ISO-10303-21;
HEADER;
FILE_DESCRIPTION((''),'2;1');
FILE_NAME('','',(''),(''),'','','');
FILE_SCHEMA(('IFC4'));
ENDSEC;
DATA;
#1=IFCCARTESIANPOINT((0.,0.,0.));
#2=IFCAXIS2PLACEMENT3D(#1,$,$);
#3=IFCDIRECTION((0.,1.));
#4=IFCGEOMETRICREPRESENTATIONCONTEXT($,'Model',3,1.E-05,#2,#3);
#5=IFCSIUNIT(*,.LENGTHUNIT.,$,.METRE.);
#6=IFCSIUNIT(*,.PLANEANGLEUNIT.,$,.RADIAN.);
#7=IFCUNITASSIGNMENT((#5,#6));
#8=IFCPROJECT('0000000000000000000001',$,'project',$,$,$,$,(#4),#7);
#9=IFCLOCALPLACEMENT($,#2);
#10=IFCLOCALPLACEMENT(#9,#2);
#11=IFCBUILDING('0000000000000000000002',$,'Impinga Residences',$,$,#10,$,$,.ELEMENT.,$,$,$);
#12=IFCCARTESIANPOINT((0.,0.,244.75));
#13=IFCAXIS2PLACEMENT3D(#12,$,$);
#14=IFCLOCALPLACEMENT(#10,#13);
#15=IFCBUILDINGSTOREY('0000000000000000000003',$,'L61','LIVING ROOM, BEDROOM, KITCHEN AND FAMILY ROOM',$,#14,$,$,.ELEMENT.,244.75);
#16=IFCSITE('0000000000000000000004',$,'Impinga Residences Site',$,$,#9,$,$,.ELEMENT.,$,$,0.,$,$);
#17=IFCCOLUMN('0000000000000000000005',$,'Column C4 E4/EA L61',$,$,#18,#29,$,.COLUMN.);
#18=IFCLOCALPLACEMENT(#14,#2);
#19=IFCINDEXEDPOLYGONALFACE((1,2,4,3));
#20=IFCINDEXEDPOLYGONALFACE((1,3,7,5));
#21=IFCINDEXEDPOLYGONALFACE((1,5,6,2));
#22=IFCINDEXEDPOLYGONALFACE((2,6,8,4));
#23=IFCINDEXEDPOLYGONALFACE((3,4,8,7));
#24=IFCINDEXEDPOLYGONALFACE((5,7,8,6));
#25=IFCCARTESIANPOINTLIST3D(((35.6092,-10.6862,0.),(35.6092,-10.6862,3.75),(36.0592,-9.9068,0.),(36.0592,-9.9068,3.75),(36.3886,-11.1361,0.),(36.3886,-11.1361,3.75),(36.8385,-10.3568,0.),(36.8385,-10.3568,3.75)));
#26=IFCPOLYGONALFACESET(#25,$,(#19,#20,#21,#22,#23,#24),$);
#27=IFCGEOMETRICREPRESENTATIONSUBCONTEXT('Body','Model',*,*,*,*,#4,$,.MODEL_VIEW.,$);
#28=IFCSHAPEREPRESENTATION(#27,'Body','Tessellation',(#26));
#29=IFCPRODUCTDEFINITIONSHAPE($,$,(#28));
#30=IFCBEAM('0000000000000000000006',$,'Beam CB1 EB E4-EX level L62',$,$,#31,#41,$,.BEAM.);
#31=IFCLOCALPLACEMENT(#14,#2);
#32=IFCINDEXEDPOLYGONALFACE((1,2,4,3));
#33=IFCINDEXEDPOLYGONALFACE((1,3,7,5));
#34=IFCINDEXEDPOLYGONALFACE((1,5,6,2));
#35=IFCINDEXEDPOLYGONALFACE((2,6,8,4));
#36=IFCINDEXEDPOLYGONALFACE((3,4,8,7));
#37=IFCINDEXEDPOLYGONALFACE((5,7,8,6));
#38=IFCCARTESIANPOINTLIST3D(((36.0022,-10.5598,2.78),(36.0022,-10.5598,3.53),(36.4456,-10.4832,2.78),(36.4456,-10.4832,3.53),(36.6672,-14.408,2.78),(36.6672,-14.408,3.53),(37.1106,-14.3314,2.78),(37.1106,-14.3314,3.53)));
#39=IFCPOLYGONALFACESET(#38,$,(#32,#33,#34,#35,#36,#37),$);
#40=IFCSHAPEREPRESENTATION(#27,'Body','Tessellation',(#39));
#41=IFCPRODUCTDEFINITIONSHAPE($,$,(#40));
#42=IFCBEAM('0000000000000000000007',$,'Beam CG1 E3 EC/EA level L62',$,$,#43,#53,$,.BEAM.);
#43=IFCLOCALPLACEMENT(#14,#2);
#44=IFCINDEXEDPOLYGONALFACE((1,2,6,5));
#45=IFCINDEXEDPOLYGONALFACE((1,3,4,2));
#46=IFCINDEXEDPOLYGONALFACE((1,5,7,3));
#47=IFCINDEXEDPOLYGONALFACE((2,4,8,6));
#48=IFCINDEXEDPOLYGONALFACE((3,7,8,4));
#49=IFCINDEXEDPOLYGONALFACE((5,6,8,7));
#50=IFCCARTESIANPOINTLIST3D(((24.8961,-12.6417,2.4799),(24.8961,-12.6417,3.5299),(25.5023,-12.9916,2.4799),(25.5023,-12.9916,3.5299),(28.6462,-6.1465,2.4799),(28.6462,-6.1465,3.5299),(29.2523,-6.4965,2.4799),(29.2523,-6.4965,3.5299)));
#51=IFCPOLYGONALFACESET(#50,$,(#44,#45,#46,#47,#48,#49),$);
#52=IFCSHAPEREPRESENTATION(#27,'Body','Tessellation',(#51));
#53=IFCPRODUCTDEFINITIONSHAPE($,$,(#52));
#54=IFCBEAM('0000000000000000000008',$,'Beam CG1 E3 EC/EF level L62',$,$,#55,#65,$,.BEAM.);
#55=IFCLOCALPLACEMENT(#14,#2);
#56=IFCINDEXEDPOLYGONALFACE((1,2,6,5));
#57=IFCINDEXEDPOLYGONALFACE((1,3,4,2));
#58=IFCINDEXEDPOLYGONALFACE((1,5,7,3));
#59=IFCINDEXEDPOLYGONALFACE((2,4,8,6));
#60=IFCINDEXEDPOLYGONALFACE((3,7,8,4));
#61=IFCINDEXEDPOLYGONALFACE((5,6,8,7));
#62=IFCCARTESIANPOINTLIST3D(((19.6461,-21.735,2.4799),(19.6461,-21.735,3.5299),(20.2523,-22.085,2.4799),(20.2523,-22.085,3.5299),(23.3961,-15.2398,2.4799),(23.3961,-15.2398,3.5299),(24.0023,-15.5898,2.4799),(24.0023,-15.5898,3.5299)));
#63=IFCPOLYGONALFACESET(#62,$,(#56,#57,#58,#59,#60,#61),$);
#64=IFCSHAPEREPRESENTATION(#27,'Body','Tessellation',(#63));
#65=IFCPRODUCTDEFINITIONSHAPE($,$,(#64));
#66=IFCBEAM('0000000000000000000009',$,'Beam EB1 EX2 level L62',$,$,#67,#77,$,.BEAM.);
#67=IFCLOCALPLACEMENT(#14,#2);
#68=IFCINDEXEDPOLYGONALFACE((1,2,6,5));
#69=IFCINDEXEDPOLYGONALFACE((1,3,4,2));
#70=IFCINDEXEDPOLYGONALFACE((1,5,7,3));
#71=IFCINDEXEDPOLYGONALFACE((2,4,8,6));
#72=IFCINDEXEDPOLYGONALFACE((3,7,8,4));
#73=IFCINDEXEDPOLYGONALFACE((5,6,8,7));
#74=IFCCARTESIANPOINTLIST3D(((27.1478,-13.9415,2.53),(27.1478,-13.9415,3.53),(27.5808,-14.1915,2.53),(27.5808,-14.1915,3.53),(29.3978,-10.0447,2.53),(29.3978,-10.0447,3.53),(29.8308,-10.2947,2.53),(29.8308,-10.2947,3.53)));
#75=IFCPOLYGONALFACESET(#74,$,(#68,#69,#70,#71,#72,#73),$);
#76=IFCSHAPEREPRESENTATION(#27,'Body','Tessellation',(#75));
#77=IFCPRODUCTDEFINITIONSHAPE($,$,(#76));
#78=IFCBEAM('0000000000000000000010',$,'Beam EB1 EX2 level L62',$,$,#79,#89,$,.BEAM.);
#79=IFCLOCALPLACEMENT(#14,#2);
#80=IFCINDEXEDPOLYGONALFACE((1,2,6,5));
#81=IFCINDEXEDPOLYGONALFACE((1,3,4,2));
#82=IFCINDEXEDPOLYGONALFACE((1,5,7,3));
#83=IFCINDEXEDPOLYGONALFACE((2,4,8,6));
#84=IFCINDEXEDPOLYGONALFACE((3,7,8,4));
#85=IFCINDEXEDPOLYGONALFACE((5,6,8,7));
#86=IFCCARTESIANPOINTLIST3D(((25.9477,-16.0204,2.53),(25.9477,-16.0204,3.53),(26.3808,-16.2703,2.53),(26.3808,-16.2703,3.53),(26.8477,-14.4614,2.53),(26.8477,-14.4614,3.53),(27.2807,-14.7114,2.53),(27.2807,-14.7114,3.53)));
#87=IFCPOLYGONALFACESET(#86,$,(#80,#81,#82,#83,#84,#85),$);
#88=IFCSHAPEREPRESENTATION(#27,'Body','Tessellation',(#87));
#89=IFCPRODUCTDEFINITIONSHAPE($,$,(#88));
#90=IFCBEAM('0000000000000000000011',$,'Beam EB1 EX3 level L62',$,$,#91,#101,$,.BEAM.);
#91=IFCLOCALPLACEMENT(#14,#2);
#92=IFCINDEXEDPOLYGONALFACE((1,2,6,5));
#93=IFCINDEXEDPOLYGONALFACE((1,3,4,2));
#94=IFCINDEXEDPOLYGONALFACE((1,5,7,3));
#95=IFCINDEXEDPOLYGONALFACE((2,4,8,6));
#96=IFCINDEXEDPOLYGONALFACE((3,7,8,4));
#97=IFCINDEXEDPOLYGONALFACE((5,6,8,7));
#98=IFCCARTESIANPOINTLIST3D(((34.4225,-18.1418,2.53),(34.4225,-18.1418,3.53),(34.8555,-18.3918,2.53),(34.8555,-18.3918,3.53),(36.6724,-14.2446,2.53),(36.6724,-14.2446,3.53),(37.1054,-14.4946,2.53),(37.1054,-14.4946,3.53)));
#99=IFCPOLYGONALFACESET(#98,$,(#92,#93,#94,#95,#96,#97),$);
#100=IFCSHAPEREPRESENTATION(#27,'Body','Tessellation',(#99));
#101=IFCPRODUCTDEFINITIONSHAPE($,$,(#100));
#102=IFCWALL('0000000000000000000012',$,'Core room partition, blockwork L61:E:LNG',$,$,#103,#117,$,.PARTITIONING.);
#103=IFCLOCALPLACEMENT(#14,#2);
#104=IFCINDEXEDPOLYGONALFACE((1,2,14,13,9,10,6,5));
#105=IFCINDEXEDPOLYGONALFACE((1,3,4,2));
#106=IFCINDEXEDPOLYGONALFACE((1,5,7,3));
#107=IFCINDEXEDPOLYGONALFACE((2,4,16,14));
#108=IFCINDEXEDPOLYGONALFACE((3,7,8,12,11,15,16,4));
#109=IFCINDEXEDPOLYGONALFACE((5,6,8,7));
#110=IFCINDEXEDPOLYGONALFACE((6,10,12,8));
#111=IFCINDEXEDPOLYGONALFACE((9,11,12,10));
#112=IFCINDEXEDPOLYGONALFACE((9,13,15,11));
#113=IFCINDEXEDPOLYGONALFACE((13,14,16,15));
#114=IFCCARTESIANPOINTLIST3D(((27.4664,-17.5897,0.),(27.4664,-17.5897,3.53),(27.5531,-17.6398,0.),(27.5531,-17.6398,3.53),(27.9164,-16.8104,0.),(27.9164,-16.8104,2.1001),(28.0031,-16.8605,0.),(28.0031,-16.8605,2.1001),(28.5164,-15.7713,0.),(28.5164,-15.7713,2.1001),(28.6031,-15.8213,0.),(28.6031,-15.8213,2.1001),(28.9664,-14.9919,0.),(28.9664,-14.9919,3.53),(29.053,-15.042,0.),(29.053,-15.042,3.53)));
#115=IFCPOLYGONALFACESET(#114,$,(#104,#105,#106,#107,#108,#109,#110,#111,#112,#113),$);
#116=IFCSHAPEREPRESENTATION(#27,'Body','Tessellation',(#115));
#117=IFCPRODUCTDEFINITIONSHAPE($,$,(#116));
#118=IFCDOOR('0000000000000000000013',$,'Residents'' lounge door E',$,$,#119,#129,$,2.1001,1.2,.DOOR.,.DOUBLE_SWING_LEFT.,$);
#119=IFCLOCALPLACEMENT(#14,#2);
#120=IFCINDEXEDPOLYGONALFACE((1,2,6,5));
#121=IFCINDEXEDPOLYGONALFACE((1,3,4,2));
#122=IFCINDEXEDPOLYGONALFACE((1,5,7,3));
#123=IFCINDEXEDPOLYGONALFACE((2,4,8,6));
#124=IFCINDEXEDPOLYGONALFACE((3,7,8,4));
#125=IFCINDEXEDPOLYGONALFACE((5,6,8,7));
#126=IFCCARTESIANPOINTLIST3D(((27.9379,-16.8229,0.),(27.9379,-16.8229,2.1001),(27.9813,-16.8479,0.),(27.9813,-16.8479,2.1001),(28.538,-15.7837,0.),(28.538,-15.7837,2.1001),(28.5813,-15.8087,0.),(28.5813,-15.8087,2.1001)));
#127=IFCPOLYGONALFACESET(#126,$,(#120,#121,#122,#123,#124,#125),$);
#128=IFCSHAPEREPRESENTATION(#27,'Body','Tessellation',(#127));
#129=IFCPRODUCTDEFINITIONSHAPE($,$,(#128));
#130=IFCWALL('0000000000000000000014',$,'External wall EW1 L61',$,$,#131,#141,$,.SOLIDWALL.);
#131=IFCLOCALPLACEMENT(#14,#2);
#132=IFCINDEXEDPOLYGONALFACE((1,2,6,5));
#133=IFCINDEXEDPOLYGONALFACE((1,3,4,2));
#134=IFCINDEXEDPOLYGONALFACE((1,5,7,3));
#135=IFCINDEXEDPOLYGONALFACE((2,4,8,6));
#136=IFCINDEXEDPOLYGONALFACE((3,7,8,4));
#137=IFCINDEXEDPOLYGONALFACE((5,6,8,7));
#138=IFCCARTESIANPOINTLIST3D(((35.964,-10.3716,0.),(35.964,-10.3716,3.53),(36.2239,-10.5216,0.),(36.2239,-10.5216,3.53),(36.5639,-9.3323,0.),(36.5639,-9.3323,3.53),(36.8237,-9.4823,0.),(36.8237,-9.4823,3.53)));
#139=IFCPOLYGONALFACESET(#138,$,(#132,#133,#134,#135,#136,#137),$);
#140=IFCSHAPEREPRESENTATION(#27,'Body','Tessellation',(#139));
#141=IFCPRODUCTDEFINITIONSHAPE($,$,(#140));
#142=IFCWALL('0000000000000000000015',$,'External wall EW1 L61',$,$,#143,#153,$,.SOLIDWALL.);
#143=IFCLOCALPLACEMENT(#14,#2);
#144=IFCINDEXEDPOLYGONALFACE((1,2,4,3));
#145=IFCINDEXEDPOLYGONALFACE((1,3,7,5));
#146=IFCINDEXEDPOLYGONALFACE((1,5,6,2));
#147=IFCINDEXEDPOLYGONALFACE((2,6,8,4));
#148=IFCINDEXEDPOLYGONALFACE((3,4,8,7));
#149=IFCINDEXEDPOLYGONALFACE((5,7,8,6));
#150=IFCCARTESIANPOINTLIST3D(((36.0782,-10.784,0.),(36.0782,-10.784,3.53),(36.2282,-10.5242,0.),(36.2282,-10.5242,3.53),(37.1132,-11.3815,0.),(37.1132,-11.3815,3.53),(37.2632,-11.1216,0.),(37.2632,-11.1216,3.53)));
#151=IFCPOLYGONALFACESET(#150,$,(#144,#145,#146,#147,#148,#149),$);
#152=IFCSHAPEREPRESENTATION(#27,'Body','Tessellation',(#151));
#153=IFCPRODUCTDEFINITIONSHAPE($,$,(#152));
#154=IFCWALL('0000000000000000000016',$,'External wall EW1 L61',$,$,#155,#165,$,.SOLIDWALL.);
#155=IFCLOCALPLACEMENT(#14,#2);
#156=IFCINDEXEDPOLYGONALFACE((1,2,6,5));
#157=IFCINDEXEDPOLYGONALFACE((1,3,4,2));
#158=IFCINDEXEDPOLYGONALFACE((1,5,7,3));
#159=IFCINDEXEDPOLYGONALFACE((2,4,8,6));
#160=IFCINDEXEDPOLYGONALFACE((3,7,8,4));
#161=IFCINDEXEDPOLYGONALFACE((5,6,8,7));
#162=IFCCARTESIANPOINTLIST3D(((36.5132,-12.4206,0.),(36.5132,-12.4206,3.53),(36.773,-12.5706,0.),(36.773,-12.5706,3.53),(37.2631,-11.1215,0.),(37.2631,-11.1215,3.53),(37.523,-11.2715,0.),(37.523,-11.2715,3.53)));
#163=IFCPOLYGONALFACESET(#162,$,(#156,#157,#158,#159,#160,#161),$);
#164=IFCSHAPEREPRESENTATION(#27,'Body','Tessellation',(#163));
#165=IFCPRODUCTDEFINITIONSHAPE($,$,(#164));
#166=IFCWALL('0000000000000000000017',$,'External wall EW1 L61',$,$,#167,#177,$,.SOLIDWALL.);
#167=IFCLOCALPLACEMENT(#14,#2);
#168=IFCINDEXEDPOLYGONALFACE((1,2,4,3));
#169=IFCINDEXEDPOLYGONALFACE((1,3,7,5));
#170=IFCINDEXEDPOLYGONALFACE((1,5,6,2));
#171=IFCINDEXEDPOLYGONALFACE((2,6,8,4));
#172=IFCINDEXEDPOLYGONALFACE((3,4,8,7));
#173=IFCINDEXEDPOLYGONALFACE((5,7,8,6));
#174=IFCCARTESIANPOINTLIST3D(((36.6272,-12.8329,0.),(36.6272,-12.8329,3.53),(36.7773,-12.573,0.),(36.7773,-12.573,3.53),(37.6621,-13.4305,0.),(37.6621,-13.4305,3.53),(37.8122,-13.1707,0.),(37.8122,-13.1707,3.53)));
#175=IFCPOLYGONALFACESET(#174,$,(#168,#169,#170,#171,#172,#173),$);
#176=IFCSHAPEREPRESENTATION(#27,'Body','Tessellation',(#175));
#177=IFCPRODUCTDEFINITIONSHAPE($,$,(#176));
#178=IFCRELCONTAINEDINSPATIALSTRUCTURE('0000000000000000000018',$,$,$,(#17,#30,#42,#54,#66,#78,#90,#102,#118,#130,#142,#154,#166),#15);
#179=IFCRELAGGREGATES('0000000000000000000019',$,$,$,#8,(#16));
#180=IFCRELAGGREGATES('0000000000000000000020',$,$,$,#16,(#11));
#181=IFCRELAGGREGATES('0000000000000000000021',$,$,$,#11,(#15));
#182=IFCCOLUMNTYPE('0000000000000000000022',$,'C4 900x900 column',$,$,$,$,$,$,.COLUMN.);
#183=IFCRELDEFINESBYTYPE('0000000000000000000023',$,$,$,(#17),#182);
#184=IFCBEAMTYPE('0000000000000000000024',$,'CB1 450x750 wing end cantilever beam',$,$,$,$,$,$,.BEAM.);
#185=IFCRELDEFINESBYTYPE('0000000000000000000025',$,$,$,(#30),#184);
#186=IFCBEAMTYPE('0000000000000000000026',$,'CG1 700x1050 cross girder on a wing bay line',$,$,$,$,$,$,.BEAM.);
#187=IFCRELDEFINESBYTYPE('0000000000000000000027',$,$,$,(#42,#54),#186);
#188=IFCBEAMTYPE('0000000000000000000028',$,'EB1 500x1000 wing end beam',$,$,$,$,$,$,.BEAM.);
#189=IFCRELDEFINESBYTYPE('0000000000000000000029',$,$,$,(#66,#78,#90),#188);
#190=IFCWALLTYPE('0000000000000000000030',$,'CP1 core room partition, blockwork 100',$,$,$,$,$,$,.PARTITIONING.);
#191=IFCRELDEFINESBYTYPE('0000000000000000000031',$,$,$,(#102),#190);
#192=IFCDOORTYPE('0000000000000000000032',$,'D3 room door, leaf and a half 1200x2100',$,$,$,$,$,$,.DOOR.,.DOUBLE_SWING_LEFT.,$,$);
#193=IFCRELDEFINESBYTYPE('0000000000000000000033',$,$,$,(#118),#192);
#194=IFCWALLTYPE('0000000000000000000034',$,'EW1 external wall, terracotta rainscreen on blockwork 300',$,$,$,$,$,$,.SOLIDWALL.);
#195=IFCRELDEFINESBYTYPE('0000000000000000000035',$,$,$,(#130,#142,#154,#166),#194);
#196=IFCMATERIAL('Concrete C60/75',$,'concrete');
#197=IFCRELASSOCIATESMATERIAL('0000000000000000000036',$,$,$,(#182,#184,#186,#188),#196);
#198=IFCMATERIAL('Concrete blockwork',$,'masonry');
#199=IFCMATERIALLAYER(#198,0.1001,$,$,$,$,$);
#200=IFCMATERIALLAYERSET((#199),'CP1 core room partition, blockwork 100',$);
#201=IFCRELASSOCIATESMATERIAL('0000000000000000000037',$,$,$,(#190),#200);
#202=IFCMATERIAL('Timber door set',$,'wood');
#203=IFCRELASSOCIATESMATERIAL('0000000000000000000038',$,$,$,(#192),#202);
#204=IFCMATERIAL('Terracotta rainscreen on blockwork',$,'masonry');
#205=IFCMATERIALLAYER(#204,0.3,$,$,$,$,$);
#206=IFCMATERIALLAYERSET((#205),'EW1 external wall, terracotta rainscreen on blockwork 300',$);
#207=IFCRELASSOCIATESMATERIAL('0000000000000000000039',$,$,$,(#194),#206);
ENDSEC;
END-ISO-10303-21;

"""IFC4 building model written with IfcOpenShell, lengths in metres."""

from ifc_helpers import new_model, si_unit, direction, frame, frame_2d, origin, origin_2d, place, context, subcontext, project, spatial, rectangle, extrude, material, layer, layer_set, material_profile, profile_set, type_object, element, fill, save


model = new_model("IFC4")

# Units and contexts
model_context = context("Model", 3, precision=1e-05, world=origin(), true_north=direction((0.0, 1.0)))
body_context = subcontext(model_context, "Body", "Model", "MODEL_VIEW")
ifc_project = project(units=[si_unit("LENGTHUNIT", "METRE"), si_unit("PLANEANGLEUNIT", "RADIAN")], contexts=[model_context])

# Site, building, storey
site_placement = place(None, origin())
site = spatial("IfcSite", under=ifc_project, at=site_placement, Name="Impinga Residences Site", CompositionType="ELEMENT", RefElevation=0.0)
building_placement = place(site_placement, origin())
building = spatial("IfcBuilding", under=site, at=building_placement, Name="Impinga Residences", CompositionType="ELEMENT")
storey_placement = place(building_placement, frame((0.0, 0.0, 244.75)))
storey = spatial("IfcBuildingStorey", under=building, at=storey_placement, Name="L61", Description="LIVING ROOM, BEDROOM, KITCHEN AND FAMILY ROOM", CompositionType="ELEMENT", Elevation=244.75)

# Column
ifc_material_1 = material(Name="Concrete C60/75", Category="concrete")
ifc_material_profile_1 = material_profile(ifc_material_1, rectangle(XDim=0.8999, YDim=0.8999, at=origin_2d()), Name="RC 900x900")
ifc_profile_set_1 = profile_set([ifc_material_profile_1], Name="Concrete C60/75")
column_type = type_object("IfcColumnType", Name="C4 900x900 column", PredefinedType="COLUMN", material=ifc_profile_set_1)
column_placement = place(storey_placement, frame((36.2239, -10.5215, 0.0), z_axis=(0.0, 0.0, 1.0), x_axis=(-0.5, -0.866025, 0.0)))
element("IfcColumn", 1, at=column_placement, inside=storey, type_object=column_type, Name="Column C4 E4/EA L61", PredefinedType="COLUMN", context=body_context, shape_type="SweptSolid", body=[
    extrude(rectangle(XDim=0.8999, YDim=0.8999, at=origin_2d()), origin(), (0.0, 0.0, 1.0), 3.75),
])

# Beams
ifc_material_profile_2 = material_profile(ifc_material_1, rectangle(XDim=0.45, YDim=0.75, at=origin_2d()), Name="RC 450x750")
ifc_profile_set_2 = profile_set([ifc_material_profile_2], Name="Concrete C60/75")
beam_type_1 = type_object("IfcBeamType", Name="CB1 450x750 wing end cantilever beam", PredefinedType="BEAM", material=ifc_profile_set_2)
beam_1_placement = place(storey_placement, frame((36.2239, -10.5215, 3.155), z_axis=(0.170296, -0.985393, 0.0), x_axis=(0.985393, 0.170296, 0.0)))
element("IfcBeam", 2, at=beam_1_placement, inside=storey, type_object=beam_type_1, Name="Beam CB1 EB E4-EX level L62", PredefinedType="BEAM", context=body_context, shape_type="SweptSolid", body=[
    extrude(rectangle(XDim=0.45, YDim=0.75, at=origin_2d()), origin(), (0.0, 0.0, 1.0), 3.9053),
])
ifc_material_profile_3 = material_profile(ifc_material_1, rectangle(XDim=0.7, YDim=1.05, at=origin_2d()), Name="RC 700x1050")
ifc_profile_set_3 = profile_set([ifc_material_profile_3], Name="Concrete C60/75")
beam_type_2 = type_object("IfcBeamType", Name="CG1 700x1050 cross girder on a wing bay line", PredefinedType="BEAM", material=ifc_profile_set_3)
for number, where, z_axis, x_axis, name in (
    (3, (25.1992, -12.8167, 3.0049), (0.500004, 0.866023, 0.0), (-0.866023, 0.500004, 0.0), "Beam CG1 E3 EC/EA level L62"),
    (4, (23.6992, -15.4148, 3.0049), (-0.500004, -0.866023, 0.0), (0.866023, -0.500004, 0.0), "Beam CG1 E3 EC/EF level L62"),
):
    element("IfcBeam", number, at=place(storey_placement, frame(where, z_axis=z_axis, x_axis=x_axis)), inside=storey, type_object=beam_type_2, Name=name, PredefinedType="BEAM", context=body_context, shape_type="SweptSolid", body=[
        extrude(rectangle(XDim=0.7, YDim=1.05, at=origin_2d()), origin(), (0.0, 0.0, 1.0), 7.5),
    ])
ifc_material_profile_4 = material_profile(ifc_material_1, rectangle(XDim=0.5, YDim=1.0, at=origin_2d()), Name="RC 500x1000")
ifc_profile_set_4 = profile_set([ifc_material_profile_4], Name="Concrete C60/75")
beam_type_3 = type_object("IfcBeamType", Name="EB1 500x1000 wing end beam", PredefinedType="BEAM", material=ifc_profile_set_4)
beam_2_placement = place(storey_placement, frame((29.6143, -10.1697, 3.03), z_axis=(-0.500014, -0.866018, 0.0), x_axis=(0.866018, -0.500014, 0.0)))
element("IfcBeam", 5, at=beam_2_placement, inside=storey, type_object=beam_type_3, Name="Beam EB1 EX2 level L62", PredefinedType="BEAM", context=body_context, shape_type="SweptSolid", body=[
    extrude(rectangle(XDim=0.5, YDim=1.0, at=origin_2d()), origin(), (0.0, 0.0, 1.0), 4.4998),
])
beam_3_placement = place(storey_placement, frame((27.0642, -14.5864, 3.03), z_axis=(-0.499961, -0.866048, 0.0), x_axis=(0.866048, -0.499961, 0.0)))
element("IfcBeam", 6, at=beam_3_placement, inside=storey, type_object=beam_type_3, Name="Beam EB1 EX2 level L62", PredefinedType="BEAM", context=body_context, shape_type="SweptSolid", body=[
    extrude(rectangle(XDim=0.5, YDim=1.0, at=origin_2d()), origin(), (0.0, 0.0, 1.0), 1.8),
])
beam_4_placement = place(storey_placement, frame((36.8889, -14.3696, 3.03), z_axis=(-0.49999, -0.866031, 0.0), x_axis=(0.866031, -0.49999, 0.0)))
element("IfcBeam", 7, at=beam_4_placement, inside=storey, type_object=beam_type_3, Name="Beam EB1 EX3 level L62", PredefinedType="BEAM", context=body_context, shape_type="SweptSolid", body=[
    extrude(rectangle(XDim=0.5, YDim=1.0, at=origin_2d()), origin(), (0.0, 0.0, 1.0), 4.5),
])

# Wall, opening, door
ifc_material_2 = material(Name="Concrete blockwork", Category="masonry")
ifc_layer_1 = layer(ifc_material_2, 0.1001)
ifc_layer_set_1 = layer_set([ifc_layer_1], Name="CP1 core room partition, blockwork 100")
wall_type_1 = type_object("IfcWallType", Name="CP1 core room partition, blockwork 100", PredefinedType="PARTITIONING", material=ifc_layer_set_1)
wall_1_placement = place(storey_placement, frame((29.0098, -15.0168, 0.0), z_axis=(0.0, 0.0, 1.0), x_axis=(-0.500025, -0.866011, 0.0)))
wall_1 = element("IfcWall", 8, at=wall_1_placement, inside=storey, type_object=wall_type_1, Name="Core room partition, blockwork L61:E:LNG", PredefinedType="PARTITIONING", context=body_context, shape_type="SweptSolid", body=[
    extrude(rectangle(XDim=2.9998, YDim=0.1001, at=frame_2d((1.5, 0.0))), origin(), (0.0, 0.0, 1.0), 3.53),
])
opening_1_placement = place(wall_1_placement, frame((0.8999, 0.0, 0.0)))
opening_1 = element("IfcOpeningElement", 9, at=opening_1_placement, cuts=wall_1, PredefinedType="OPENING", context=body_context, shape_type="SweptSolid", body=[
    extrude(rectangle(XDim=1.2, YDim=2.1001, at=frame_2d((0.6001, 1.05))), frame((0.0, 0.0601, 0.0), z_axis=(0.0, -1.0, 0.0), x_axis=(1.0, 0.0, 0.0)), (0.0, 0.0, 1.0), 0.1201),
])
ifc_material_3 = material(Name="Timber door set", Category="wood")
door_type_1 = type_object("IfcDoorType", Name="D3 room door, leaf and a half 1200x2100", OperationType="DOUBLE_SWING_LEFT", PredefinedType="DOOR", material=ifc_material_3)
door_1_placement = place(opening_1_placement, origin())
door_1 = element("IfcDoor", 10, at=door_1_placement, inside=storey, type_object=door_type_1, Name="Residents' lounge door E", OperationType="DOUBLE_SWING_LEFT", OverallHeight=2.1001, OverallWidth=1.2, PredefinedType="DOOR", context=body_context, shape_type="SweptSolid", body=[
    extrude(rectangle(XDim=1.2, YDim=2.1001, at=frame_2d((0.6001, 1.05))), frame((0.0, 0.0249, 0.0), z_axis=(0.0, -1.0, 0.0), x_axis=(1.0, 0.0, 0.0)), (0.0, 0.0, 1.0), 0.05),
])
fill(opening_1, door_1)

# Walls
ifc_material_4 = material(Name="Terracotta rainscreen on blockwork", Category="masonry")
ifc_layer_2 = layer(ifc_material_4, 0.3)
ifc_layer_set_2 = layer_set([ifc_layer_2], Name="EW1 external wall, terracotta rainscreen on blockwork 300")
wall_type_2 = type_object("IfcWallType", Name="EW1 external wall, terracotta rainscreen on blockwork 300", PredefinedType="SOLIDWALL", material=ifc_layer_set_2)
wall_2_placement = place(storey_placement, frame((36.6938, -9.4072, 0.0), z_axis=(0.0, 0.0, 1.0), x_axis=(-0.499881, -0.866094, 0.0)))
element("IfcWall", 11, at=wall_2_placement, inside=storey, type_object=wall_type_2, Name="External wall EW1 L61", PredefinedType="SOLIDWALL", context=body_context, shape_type="SweptSolid", body=[
    extrude(rectangle(XDim=1.2, YDim=0.3, at=frame_2d((0.6001, 0.0))), origin(), (0.0, 0.0, 1.0), 3.53),
])
wall_3_placement = place(storey_placement, frame((36.1531, -10.6541, 0.0), z_axis=(0.0, 0.0, 1.0), x_axis=(0.86606, -0.499941, 0.0)))
element("IfcWall", 12, at=wall_3_placement, inside=storey, type_object=wall_type_2, Name="External wall EW1 L61", PredefinedType="SOLIDWALL", context=body_context, shape_type="SweptSolid", body=[
    extrude(rectangle(XDim=1.1951, YDim=0.3, at=frame_2d((0.5977, 0.0))), origin(), (0.0, 0.0, 1.0), 3.53),
])
wall_4_placement = place(storey_placement, frame((37.3931, -11.1965, 0.0), z_axis=(0.0, 0.0, 1.0), x_axis=(-0.49999, -0.866031, 0.0)))
element("IfcWall", 13, at=wall_4_placement, inside=storey, type_object=wall_type_2, Name="External wall EW1 L61", PredefinedType="SOLIDWALL", context=body_context, shape_type="SweptSolid", body=[
    extrude(rectangle(XDim=1.5, YDim=0.3, at=frame_2d((0.75, 0.0))), origin(), (0.0, 0.0, 1.0), 3.53),
])
wall_5_placement = place(storey_placement, frame((36.7021, -12.7029, 0.0), z_axis=(0.0, 0.0, 1.0), x_axis=(0.865971, -0.500094, 0.0)))
element("IfcWall", 14, at=wall_5_placement, inside=storey, type_object=wall_type_2, Name="External wall EW1 L61", PredefinedType="SOLIDWALL", context=body_context, shape_type="SweptSolid", body=[
    extrude(rectangle(XDim=1.1951, YDim=0.3, at=frame_2d((0.5977, 0.0))), origin(), (0.0, 0.0, 1.0), 3.53),
])

save(model, "model.ifc")
